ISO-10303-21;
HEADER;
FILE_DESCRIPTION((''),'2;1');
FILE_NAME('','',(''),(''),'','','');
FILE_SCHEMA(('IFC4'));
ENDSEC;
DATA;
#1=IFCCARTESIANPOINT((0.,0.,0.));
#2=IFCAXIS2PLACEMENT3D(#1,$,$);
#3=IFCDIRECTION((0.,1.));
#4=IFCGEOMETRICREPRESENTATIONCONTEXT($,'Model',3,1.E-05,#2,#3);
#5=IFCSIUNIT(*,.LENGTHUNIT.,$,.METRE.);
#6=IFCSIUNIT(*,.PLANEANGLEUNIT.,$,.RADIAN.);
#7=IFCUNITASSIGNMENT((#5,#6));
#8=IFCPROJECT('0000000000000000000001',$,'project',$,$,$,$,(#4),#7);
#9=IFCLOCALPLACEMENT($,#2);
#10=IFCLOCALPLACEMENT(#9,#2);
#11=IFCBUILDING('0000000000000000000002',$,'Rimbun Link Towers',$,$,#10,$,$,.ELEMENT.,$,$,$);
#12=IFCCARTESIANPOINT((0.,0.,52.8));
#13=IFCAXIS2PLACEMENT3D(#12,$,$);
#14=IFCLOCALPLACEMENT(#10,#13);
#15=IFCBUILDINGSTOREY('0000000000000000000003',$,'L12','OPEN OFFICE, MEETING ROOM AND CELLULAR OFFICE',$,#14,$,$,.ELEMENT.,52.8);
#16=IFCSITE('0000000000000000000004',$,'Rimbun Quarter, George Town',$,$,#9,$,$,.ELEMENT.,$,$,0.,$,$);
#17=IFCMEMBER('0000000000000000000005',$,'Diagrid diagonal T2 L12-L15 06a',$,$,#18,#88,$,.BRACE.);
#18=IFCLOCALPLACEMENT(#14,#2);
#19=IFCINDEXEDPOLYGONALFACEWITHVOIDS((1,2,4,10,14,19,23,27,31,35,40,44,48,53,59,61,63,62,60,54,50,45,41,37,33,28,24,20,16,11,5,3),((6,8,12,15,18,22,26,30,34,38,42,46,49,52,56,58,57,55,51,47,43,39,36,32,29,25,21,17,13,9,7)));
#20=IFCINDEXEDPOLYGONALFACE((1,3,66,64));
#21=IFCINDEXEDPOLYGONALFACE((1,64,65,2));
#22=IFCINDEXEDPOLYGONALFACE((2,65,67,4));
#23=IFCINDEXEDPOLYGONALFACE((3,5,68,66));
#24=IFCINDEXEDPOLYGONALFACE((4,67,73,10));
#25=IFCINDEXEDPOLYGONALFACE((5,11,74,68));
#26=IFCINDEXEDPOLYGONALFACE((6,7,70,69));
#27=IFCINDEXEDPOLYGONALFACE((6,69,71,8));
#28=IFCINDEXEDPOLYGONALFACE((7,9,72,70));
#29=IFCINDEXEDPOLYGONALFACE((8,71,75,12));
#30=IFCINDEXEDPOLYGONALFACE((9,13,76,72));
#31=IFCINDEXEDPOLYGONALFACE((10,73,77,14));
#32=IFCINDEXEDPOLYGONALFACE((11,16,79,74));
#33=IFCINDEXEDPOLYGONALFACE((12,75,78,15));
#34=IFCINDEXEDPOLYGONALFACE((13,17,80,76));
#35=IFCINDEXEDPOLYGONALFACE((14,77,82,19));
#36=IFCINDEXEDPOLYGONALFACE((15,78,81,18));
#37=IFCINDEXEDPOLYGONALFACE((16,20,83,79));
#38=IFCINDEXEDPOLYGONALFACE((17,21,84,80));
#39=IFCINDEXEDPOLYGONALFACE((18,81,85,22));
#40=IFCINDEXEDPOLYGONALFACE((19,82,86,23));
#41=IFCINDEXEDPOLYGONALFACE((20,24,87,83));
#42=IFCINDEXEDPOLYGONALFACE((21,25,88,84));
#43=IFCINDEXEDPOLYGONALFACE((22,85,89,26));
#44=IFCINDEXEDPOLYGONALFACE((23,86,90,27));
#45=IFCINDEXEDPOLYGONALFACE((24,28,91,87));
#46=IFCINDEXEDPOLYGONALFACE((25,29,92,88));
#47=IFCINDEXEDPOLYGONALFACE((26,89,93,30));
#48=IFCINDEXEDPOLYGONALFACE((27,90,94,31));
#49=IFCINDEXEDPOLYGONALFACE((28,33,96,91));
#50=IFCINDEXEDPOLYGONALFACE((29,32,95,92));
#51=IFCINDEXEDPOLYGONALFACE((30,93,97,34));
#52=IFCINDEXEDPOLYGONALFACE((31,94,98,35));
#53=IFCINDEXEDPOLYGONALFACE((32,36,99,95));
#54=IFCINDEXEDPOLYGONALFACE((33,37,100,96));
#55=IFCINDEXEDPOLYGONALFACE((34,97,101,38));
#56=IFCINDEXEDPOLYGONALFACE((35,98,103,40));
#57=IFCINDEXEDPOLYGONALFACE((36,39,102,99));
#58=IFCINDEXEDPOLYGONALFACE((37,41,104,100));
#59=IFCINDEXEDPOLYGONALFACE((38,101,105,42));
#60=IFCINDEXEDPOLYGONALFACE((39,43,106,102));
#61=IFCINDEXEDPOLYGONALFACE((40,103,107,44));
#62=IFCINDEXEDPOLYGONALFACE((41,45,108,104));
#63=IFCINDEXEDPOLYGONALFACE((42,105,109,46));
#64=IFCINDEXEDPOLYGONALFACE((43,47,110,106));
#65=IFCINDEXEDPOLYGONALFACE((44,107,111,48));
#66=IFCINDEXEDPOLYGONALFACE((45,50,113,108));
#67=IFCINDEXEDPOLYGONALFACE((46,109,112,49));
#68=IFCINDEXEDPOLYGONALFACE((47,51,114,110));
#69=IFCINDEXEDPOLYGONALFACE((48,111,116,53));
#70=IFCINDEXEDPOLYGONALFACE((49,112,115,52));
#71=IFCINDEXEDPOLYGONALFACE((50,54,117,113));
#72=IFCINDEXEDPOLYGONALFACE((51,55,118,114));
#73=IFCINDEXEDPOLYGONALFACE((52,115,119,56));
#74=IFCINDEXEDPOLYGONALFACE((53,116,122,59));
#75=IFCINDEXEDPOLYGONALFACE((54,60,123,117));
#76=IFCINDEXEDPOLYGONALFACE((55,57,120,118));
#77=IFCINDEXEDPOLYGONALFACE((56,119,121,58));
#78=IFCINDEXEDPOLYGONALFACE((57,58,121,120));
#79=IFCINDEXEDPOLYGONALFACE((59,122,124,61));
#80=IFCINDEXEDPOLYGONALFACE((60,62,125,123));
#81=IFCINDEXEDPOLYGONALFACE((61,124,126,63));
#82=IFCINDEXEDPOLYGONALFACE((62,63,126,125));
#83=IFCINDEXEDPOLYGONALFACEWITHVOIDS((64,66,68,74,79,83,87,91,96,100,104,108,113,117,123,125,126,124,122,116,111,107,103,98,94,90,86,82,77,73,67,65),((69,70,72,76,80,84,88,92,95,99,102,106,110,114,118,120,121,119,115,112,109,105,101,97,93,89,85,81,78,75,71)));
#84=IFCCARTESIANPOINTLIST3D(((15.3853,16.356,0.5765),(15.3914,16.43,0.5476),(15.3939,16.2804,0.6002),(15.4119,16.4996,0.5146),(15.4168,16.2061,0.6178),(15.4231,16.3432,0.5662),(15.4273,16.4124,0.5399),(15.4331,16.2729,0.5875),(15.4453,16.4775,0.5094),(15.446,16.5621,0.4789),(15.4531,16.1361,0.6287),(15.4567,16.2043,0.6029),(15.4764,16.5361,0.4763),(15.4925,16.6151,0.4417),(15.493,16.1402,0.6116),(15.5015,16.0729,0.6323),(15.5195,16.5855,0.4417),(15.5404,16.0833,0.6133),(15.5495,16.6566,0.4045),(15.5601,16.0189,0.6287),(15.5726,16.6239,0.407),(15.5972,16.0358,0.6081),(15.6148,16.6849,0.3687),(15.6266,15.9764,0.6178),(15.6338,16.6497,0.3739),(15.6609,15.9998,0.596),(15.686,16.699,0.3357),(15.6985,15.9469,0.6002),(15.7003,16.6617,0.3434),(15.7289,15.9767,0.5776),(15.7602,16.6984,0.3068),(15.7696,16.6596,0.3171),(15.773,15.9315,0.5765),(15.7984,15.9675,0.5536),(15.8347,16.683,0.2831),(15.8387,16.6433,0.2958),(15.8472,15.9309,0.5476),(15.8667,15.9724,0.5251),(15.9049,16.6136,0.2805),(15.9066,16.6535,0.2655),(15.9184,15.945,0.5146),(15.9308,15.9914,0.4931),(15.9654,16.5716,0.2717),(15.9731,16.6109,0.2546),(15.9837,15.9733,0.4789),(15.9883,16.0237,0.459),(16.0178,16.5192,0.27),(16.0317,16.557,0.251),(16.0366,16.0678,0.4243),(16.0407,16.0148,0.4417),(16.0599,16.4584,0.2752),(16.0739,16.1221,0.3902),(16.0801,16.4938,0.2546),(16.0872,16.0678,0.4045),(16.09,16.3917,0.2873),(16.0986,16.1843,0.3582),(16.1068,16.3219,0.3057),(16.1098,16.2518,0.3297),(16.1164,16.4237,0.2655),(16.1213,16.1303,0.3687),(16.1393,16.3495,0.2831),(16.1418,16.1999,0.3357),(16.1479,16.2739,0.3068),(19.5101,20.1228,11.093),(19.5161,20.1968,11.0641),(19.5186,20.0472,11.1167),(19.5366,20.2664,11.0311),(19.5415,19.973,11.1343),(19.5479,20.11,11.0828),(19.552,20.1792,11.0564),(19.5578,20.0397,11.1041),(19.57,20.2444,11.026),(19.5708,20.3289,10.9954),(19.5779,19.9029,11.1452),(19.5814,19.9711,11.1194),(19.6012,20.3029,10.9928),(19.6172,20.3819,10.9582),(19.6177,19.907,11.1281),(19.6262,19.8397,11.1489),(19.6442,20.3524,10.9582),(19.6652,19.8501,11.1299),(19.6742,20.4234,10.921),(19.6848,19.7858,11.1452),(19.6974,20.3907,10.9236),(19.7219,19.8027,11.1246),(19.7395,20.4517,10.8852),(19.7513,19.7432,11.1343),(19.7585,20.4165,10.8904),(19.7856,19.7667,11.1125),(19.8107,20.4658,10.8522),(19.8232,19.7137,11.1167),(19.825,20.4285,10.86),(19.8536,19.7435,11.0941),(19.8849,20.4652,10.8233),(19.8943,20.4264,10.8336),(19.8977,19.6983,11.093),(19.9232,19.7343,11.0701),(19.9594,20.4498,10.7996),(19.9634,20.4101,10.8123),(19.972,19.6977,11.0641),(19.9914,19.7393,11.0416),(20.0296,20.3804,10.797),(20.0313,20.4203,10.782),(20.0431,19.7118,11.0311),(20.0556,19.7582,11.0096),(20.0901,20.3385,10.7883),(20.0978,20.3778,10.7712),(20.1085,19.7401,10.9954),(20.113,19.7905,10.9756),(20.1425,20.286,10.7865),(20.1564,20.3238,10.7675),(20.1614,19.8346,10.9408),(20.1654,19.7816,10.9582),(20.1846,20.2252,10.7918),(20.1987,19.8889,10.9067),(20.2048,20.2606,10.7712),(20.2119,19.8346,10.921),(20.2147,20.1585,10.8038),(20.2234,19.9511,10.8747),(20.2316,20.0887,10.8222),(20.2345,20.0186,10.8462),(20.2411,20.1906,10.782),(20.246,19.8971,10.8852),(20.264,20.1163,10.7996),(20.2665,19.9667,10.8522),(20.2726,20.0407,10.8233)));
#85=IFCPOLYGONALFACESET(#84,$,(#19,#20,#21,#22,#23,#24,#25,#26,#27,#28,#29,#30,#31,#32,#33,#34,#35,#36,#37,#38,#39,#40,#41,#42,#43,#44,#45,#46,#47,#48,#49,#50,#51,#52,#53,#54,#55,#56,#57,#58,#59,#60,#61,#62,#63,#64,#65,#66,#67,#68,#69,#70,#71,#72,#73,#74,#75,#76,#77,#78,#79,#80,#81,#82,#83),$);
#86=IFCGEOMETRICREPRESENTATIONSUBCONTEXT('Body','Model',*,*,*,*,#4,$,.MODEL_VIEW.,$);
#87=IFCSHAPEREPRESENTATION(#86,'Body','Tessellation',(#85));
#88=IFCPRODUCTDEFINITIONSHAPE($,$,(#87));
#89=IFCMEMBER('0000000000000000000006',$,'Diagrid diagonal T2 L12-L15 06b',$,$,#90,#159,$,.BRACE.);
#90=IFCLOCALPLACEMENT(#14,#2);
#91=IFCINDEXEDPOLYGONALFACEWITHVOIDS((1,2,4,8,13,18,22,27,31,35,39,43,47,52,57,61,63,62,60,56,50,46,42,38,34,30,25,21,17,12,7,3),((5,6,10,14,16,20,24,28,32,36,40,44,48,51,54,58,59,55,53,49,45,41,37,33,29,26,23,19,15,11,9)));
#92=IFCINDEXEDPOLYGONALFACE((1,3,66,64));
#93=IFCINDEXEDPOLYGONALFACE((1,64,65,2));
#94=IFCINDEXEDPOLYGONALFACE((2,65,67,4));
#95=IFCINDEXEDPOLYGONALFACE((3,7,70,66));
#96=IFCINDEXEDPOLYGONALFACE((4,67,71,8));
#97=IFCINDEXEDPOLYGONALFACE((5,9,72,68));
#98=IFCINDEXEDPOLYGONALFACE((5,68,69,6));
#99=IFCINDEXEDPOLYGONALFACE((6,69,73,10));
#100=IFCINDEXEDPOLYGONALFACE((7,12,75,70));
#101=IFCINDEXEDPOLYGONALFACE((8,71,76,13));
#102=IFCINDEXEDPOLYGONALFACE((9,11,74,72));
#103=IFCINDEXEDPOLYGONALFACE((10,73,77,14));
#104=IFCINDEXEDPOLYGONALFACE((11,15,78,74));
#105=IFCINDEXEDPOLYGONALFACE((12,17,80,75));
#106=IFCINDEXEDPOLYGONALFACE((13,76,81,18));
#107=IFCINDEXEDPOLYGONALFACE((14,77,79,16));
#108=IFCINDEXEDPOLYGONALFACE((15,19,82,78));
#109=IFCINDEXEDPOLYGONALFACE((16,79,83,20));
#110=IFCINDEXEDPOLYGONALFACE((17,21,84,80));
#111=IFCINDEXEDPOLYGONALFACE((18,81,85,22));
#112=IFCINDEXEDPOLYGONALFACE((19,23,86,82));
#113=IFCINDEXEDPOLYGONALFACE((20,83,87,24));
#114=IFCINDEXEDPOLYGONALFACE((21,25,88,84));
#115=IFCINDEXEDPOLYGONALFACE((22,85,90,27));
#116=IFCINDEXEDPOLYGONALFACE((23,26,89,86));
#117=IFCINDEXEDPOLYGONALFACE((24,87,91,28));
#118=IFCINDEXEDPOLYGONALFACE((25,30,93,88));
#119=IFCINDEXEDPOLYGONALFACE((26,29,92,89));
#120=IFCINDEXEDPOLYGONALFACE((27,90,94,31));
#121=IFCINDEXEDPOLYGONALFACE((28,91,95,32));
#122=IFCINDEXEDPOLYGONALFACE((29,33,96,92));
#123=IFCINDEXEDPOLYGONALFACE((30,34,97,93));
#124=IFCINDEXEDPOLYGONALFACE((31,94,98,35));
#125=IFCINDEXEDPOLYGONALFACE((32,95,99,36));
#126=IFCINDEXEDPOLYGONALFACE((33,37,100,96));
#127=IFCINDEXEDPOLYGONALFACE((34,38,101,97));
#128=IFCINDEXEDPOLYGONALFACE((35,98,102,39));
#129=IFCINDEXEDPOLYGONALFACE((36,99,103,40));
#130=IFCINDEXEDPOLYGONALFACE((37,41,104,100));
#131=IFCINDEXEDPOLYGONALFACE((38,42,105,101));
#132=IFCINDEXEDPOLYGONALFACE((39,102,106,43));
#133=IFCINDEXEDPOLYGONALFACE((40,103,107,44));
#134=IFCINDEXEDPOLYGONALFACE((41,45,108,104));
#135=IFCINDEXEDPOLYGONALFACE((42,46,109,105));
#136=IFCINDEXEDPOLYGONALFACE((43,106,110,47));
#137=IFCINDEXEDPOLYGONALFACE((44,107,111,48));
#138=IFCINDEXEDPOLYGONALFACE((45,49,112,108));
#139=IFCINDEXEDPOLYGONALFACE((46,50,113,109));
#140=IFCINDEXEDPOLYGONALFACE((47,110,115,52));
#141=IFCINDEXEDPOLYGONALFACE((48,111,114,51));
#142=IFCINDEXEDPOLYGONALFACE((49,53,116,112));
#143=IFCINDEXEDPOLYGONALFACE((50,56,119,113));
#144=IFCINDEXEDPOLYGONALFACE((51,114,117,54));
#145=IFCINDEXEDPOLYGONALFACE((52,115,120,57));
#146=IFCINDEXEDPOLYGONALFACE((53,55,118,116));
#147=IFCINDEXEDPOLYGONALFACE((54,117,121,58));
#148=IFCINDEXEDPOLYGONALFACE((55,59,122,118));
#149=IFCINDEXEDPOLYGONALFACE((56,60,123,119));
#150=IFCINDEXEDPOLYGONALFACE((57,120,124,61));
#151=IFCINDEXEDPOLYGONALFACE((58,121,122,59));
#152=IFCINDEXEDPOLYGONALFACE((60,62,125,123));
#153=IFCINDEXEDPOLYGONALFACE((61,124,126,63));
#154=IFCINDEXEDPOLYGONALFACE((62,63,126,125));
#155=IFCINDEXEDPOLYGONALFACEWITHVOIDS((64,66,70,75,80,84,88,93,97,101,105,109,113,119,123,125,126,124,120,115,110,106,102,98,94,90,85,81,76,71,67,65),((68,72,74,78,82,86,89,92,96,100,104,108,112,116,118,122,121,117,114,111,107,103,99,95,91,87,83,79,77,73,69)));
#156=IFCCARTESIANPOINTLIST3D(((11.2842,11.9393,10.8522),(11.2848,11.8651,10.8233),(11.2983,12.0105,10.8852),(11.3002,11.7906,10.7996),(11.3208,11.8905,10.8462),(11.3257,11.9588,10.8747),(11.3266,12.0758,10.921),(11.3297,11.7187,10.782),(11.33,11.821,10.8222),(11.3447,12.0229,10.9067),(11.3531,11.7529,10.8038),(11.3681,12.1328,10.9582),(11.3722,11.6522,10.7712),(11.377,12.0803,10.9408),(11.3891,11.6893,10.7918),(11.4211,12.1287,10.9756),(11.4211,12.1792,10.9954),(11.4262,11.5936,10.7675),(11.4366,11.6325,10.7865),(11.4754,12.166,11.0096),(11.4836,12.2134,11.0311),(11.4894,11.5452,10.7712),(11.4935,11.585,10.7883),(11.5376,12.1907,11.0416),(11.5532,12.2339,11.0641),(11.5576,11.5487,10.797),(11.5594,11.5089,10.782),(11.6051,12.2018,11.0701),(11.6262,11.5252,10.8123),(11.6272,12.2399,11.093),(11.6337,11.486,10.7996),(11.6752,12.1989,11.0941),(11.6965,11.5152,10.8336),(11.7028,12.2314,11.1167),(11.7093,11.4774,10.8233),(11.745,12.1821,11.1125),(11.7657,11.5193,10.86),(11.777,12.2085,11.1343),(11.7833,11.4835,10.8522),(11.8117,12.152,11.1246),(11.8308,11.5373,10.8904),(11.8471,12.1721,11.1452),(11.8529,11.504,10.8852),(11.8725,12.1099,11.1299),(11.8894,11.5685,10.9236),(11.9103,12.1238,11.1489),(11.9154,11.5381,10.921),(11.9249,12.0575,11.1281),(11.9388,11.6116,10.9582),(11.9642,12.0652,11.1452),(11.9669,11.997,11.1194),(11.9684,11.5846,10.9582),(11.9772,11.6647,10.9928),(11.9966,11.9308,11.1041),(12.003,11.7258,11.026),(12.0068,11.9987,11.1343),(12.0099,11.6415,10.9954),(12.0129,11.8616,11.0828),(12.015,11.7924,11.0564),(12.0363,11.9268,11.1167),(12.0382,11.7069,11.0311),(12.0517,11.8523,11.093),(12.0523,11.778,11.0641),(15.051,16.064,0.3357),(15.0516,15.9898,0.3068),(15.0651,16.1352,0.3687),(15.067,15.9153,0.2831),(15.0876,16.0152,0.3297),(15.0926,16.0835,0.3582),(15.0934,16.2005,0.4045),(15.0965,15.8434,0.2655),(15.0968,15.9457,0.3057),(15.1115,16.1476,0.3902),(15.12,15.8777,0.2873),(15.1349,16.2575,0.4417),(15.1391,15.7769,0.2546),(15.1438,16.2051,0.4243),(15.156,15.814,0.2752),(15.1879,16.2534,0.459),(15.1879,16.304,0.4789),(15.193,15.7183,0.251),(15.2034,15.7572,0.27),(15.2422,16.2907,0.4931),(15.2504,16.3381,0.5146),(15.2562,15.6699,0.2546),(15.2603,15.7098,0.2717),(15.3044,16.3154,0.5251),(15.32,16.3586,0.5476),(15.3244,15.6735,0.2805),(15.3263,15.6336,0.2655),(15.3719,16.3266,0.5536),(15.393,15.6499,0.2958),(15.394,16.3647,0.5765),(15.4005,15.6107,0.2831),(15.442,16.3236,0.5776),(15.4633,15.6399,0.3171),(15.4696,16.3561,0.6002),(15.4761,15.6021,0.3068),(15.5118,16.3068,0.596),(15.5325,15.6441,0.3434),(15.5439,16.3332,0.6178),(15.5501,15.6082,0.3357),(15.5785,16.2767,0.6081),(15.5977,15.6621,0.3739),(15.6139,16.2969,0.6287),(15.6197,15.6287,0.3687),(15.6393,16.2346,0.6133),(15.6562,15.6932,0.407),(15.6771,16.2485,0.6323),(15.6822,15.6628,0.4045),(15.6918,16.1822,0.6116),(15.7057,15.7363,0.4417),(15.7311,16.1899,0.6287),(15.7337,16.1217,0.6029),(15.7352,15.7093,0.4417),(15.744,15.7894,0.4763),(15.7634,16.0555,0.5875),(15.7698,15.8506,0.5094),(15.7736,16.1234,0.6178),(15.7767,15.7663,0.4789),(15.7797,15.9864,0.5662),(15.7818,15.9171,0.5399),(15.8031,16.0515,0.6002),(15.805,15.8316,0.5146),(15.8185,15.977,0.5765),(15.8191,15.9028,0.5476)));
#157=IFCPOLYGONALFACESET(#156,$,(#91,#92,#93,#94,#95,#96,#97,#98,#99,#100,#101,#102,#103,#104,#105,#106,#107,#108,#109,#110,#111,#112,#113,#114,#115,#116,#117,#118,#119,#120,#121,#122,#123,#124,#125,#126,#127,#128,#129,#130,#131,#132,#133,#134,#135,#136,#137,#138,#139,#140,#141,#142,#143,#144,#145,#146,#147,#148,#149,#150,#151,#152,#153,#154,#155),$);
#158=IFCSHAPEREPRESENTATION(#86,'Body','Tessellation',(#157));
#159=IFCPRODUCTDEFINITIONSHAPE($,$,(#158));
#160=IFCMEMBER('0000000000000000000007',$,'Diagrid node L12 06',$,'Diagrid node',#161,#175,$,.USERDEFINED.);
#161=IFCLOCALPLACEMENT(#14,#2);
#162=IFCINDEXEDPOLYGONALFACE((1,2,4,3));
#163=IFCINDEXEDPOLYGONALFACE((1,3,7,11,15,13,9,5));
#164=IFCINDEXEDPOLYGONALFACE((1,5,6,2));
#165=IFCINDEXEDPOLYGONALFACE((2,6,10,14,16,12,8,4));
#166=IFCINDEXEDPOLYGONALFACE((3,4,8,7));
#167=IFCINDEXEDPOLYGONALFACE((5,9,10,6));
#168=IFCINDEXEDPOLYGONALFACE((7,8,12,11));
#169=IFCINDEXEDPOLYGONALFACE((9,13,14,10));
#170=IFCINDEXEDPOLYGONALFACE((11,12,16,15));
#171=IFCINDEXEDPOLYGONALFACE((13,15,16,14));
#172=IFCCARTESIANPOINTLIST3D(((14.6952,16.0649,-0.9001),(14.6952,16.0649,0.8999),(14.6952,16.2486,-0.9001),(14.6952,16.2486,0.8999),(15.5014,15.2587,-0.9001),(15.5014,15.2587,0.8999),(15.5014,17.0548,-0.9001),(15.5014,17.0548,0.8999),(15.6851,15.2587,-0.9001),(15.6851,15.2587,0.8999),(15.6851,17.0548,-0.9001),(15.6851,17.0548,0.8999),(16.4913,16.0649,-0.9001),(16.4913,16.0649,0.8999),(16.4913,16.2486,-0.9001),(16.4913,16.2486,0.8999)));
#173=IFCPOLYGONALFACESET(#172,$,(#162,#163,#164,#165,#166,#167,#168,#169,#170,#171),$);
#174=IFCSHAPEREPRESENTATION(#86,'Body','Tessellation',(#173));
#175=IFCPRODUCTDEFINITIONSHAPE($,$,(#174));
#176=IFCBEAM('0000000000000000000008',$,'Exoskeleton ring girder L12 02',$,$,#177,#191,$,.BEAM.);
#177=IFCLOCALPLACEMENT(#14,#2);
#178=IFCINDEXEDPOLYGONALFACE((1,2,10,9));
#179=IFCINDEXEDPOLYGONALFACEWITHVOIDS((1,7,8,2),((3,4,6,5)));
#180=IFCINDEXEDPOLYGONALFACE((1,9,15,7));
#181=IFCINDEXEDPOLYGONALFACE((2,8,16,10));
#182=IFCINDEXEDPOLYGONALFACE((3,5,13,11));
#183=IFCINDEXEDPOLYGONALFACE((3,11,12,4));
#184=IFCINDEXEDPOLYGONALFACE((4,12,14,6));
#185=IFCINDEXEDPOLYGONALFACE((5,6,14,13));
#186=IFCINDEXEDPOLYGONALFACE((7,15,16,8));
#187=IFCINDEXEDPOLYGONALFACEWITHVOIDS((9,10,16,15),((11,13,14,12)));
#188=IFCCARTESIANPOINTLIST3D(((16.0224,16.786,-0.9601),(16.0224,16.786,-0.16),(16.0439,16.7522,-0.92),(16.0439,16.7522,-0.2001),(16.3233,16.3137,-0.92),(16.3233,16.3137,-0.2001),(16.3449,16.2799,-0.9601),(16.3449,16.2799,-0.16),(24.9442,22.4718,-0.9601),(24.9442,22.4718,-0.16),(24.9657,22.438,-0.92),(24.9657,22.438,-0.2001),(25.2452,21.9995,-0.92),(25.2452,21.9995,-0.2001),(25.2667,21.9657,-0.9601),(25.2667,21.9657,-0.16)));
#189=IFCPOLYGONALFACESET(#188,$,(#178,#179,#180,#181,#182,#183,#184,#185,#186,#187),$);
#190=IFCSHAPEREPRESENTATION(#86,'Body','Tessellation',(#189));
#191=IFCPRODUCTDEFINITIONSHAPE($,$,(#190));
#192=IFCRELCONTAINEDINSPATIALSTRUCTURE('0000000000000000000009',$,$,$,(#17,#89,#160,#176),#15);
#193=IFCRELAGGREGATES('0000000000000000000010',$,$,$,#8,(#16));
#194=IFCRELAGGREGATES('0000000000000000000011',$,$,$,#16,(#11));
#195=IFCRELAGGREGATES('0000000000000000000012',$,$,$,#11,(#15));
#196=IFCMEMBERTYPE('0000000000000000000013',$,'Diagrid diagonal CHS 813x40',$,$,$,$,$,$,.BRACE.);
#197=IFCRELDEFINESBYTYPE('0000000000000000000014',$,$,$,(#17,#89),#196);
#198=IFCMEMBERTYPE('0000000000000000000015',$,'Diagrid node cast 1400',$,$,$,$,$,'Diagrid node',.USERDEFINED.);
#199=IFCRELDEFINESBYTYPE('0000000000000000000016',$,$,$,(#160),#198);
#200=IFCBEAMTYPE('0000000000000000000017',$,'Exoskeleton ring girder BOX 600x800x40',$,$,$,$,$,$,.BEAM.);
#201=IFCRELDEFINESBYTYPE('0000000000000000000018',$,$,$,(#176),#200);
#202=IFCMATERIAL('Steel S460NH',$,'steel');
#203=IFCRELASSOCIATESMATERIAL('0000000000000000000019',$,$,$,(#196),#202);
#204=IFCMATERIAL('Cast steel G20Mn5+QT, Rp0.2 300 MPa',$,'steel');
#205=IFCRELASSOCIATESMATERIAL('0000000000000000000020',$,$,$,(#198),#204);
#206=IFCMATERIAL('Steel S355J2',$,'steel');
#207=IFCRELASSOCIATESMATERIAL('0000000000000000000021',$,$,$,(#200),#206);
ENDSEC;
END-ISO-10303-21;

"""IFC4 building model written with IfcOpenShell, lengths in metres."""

from ifc_helpers import new_model, si_unit, direction, frame, origin, origin_2d, place, context, subcontext, project, spatial, polyline, hollow_rectangle, hollow_circle, outline, extrude, material, material_profile, profile_set, type_object, element, save


model = new_model("IFC4")

# Units and contexts
model_context = context("Model", 3, precision=1e-05, world=origin(), true_north=direction((0.0, 1.0)))
body_context = subcontext(model_context, "Body", "Model", "MODEL_VIEW")
ifc_project = project(units=[si_unit("LENGTHUNIT", "METRE"), si_unit("PLANEANGLEUNIT", "RADIAN")], contexts=[model_context])

# Site, building, storey
site_placement = place(None, origin())
site = spatial("IfcSite", under=ifc_project, at=site_placement, Name="Rimbun Quarter, George Town", CompositionType="ELEMENT", RefElevation=0.0)
building_placement = place(site_placement, origin())
building = spatial("IfcBuilding", under=site, at=building_placement, Name="Rimbun Link Towers", CompositionType="ELEMENT")
storey_placement = place(building_placement, frame((0.0, 0.0, 52.8)))
storey = spatial("IfcBuildingStorey", under=building, at=storey_placement, Name="L12", Description="OPEN OFFICE, MEETING ROOM AND CELLULAR OFFICE", CompositionType="ELEMENT", Elevation=52.8)

# Members
ifc_material_1 = material(Name="Steel S460NH", Category="steel")
ifc_material_profile_1 = material_profile(ifc_material_1, hollow_circle(Radius=0.4065, WallThickness=0.04, at=origin_2d()), Name="Diagrid diagonal CHS 813x40")
ifc_profile_set_1 = profile_set([ifc_material_profile_1], Name="Steel S460NH")
member_type_1 = type_object("IfcMemberType", Name="Diagrid diagonal CHS 813x40", PredefinedType="BRACE", material=ifc_profile_set_1)
for number, where, z_axis, x_axis, name in (
    (1, (15.7666, 16.3149, 0.4417), (0.346384, 0.316328, 0.883151), (-0.674344, 0.738417, 0.0), "Diagrid diagonal T2 L12-L15 06a"),
    (2, (15.4351, 15.9834, 0.4417), (-0.316328, -0.346384, 0.883151), (0.738417, -0.674344, 0.0), "Diagrid diagonal T2 L12-L15 06b"),
):
    element("IfcMember", number, at=place(storey_placement, frame(where, z_axis=z_axis, x_axis=x_axis)), inside=storey, type_object=member_type_1, Name=name, PredefinedType="BRACE", context=body_context, shape_type="SweptSolid", body=[
        extrude(hollow_circle(Radius=0.4065, WallThickness=0.04, at=origin_2d()), origin(), (0.0, 0.0, 1.0), 11.908),
    ])
ifc_material_2 = material(Name="Cast steel G20Mn5+QT, Rp0.2 300 MPa", Category="steel")
ifc_material_profile_2 = material_profile(ifc_material_2, outline(polyline([(0.7, -0.5701), (0.7, 0.5701), (0.5701, 0.7), (-0.5701, 0.7), (-0.7, 0.5701), (-0.7, -0.5701), (-0.5701, -0.7), (0.5701, -0.7), (0.7, -0.5701)])), Name="NODE 1400x1400")
ifc_profile_set_2 = profile_set([ifc_material_profile_2], Name="Cast steel G20Mn5+QT, Rp0.2 300 MPa")
member_type_2 = type_object("IfcMemberType", Name="Diagrid node cast 1400", ElementType="Diagrid node", PredefinedType="USERDEFINED", material=ifc_profile_set_2)
member_1_placement = place(storey_placement, frame((15.5933, 16.1567, -0.9001), z_axis=(0.0, 0.0, 1.0), x_axis=(-0.707107, 0.707107, 0.0)))
element("IfcMember", 3, at=member_1_placement, inside=storey, type_object=member_type_2, Name="Diagrid node L12 06", ObjectType="Diagrid node", PredefinedType="USERDEFINED", context=body_context, shape_type="SweptSolid", body=[
    extrude(outline(polyline([(0.7, -0.5701), (0.7, 0.5701), (0.5701, 0.7), (-0.5701, 0.7), (-0.7, 0.5701), (-0.7, -0.5701), (-0.5701, -0.7), (0.5701, -0.7), (0.7, -0.5701)])), origin(), (0.0, 0.0, 1.0), 1.8),
])

# Beam
ifc_material_3 = material(Name="Steel S355J2", Category="steel")
ifc_material_profile_3 = material_profile(ifc_material_3, hollow_rectangle(XDim=0.6001, YDim=0.8, WallThickness=0.04, at=origin_2d()), Name="Exoskeleton ring girder BOX 600x800x40")
ifc_profile_set_3 = profile_set([ifc_material_profile_3], Name="Steel S355J2")
beam_type_1 = type_object("IfcBeamType", Name="Exoskeleton ring girder BOX 600x800x40", PredefinedType="BEAM", material=ifc_profile_set_3)
for number, where, z_axis, x_axis, name in (
    (4, (25.1055, 22.2188, -0.5601), (-0.843309, -0.537429, 0.0), (0.537429, -0.843309, 0.0), "Exoskeleton ring girder L12 02"),
):
    element("IfcBeam", number, at=place(storey_placement, frame(where, z_axis=z_axis, x_axis=x_axis)), inside=storey, type_object=beam_type_1, Name=name, PredefinedType="BEAM", context=body_context, shape_type="SweptSolid", body=[
        extrude(hollow_rectangle(XDim=0.6001, YDim=0.8, WallThickness=0.04, at=origin_2d()), origin(), (0.0, 0.0, 1.0), 10.5796),
    ])

save(model, "model.ifc")
